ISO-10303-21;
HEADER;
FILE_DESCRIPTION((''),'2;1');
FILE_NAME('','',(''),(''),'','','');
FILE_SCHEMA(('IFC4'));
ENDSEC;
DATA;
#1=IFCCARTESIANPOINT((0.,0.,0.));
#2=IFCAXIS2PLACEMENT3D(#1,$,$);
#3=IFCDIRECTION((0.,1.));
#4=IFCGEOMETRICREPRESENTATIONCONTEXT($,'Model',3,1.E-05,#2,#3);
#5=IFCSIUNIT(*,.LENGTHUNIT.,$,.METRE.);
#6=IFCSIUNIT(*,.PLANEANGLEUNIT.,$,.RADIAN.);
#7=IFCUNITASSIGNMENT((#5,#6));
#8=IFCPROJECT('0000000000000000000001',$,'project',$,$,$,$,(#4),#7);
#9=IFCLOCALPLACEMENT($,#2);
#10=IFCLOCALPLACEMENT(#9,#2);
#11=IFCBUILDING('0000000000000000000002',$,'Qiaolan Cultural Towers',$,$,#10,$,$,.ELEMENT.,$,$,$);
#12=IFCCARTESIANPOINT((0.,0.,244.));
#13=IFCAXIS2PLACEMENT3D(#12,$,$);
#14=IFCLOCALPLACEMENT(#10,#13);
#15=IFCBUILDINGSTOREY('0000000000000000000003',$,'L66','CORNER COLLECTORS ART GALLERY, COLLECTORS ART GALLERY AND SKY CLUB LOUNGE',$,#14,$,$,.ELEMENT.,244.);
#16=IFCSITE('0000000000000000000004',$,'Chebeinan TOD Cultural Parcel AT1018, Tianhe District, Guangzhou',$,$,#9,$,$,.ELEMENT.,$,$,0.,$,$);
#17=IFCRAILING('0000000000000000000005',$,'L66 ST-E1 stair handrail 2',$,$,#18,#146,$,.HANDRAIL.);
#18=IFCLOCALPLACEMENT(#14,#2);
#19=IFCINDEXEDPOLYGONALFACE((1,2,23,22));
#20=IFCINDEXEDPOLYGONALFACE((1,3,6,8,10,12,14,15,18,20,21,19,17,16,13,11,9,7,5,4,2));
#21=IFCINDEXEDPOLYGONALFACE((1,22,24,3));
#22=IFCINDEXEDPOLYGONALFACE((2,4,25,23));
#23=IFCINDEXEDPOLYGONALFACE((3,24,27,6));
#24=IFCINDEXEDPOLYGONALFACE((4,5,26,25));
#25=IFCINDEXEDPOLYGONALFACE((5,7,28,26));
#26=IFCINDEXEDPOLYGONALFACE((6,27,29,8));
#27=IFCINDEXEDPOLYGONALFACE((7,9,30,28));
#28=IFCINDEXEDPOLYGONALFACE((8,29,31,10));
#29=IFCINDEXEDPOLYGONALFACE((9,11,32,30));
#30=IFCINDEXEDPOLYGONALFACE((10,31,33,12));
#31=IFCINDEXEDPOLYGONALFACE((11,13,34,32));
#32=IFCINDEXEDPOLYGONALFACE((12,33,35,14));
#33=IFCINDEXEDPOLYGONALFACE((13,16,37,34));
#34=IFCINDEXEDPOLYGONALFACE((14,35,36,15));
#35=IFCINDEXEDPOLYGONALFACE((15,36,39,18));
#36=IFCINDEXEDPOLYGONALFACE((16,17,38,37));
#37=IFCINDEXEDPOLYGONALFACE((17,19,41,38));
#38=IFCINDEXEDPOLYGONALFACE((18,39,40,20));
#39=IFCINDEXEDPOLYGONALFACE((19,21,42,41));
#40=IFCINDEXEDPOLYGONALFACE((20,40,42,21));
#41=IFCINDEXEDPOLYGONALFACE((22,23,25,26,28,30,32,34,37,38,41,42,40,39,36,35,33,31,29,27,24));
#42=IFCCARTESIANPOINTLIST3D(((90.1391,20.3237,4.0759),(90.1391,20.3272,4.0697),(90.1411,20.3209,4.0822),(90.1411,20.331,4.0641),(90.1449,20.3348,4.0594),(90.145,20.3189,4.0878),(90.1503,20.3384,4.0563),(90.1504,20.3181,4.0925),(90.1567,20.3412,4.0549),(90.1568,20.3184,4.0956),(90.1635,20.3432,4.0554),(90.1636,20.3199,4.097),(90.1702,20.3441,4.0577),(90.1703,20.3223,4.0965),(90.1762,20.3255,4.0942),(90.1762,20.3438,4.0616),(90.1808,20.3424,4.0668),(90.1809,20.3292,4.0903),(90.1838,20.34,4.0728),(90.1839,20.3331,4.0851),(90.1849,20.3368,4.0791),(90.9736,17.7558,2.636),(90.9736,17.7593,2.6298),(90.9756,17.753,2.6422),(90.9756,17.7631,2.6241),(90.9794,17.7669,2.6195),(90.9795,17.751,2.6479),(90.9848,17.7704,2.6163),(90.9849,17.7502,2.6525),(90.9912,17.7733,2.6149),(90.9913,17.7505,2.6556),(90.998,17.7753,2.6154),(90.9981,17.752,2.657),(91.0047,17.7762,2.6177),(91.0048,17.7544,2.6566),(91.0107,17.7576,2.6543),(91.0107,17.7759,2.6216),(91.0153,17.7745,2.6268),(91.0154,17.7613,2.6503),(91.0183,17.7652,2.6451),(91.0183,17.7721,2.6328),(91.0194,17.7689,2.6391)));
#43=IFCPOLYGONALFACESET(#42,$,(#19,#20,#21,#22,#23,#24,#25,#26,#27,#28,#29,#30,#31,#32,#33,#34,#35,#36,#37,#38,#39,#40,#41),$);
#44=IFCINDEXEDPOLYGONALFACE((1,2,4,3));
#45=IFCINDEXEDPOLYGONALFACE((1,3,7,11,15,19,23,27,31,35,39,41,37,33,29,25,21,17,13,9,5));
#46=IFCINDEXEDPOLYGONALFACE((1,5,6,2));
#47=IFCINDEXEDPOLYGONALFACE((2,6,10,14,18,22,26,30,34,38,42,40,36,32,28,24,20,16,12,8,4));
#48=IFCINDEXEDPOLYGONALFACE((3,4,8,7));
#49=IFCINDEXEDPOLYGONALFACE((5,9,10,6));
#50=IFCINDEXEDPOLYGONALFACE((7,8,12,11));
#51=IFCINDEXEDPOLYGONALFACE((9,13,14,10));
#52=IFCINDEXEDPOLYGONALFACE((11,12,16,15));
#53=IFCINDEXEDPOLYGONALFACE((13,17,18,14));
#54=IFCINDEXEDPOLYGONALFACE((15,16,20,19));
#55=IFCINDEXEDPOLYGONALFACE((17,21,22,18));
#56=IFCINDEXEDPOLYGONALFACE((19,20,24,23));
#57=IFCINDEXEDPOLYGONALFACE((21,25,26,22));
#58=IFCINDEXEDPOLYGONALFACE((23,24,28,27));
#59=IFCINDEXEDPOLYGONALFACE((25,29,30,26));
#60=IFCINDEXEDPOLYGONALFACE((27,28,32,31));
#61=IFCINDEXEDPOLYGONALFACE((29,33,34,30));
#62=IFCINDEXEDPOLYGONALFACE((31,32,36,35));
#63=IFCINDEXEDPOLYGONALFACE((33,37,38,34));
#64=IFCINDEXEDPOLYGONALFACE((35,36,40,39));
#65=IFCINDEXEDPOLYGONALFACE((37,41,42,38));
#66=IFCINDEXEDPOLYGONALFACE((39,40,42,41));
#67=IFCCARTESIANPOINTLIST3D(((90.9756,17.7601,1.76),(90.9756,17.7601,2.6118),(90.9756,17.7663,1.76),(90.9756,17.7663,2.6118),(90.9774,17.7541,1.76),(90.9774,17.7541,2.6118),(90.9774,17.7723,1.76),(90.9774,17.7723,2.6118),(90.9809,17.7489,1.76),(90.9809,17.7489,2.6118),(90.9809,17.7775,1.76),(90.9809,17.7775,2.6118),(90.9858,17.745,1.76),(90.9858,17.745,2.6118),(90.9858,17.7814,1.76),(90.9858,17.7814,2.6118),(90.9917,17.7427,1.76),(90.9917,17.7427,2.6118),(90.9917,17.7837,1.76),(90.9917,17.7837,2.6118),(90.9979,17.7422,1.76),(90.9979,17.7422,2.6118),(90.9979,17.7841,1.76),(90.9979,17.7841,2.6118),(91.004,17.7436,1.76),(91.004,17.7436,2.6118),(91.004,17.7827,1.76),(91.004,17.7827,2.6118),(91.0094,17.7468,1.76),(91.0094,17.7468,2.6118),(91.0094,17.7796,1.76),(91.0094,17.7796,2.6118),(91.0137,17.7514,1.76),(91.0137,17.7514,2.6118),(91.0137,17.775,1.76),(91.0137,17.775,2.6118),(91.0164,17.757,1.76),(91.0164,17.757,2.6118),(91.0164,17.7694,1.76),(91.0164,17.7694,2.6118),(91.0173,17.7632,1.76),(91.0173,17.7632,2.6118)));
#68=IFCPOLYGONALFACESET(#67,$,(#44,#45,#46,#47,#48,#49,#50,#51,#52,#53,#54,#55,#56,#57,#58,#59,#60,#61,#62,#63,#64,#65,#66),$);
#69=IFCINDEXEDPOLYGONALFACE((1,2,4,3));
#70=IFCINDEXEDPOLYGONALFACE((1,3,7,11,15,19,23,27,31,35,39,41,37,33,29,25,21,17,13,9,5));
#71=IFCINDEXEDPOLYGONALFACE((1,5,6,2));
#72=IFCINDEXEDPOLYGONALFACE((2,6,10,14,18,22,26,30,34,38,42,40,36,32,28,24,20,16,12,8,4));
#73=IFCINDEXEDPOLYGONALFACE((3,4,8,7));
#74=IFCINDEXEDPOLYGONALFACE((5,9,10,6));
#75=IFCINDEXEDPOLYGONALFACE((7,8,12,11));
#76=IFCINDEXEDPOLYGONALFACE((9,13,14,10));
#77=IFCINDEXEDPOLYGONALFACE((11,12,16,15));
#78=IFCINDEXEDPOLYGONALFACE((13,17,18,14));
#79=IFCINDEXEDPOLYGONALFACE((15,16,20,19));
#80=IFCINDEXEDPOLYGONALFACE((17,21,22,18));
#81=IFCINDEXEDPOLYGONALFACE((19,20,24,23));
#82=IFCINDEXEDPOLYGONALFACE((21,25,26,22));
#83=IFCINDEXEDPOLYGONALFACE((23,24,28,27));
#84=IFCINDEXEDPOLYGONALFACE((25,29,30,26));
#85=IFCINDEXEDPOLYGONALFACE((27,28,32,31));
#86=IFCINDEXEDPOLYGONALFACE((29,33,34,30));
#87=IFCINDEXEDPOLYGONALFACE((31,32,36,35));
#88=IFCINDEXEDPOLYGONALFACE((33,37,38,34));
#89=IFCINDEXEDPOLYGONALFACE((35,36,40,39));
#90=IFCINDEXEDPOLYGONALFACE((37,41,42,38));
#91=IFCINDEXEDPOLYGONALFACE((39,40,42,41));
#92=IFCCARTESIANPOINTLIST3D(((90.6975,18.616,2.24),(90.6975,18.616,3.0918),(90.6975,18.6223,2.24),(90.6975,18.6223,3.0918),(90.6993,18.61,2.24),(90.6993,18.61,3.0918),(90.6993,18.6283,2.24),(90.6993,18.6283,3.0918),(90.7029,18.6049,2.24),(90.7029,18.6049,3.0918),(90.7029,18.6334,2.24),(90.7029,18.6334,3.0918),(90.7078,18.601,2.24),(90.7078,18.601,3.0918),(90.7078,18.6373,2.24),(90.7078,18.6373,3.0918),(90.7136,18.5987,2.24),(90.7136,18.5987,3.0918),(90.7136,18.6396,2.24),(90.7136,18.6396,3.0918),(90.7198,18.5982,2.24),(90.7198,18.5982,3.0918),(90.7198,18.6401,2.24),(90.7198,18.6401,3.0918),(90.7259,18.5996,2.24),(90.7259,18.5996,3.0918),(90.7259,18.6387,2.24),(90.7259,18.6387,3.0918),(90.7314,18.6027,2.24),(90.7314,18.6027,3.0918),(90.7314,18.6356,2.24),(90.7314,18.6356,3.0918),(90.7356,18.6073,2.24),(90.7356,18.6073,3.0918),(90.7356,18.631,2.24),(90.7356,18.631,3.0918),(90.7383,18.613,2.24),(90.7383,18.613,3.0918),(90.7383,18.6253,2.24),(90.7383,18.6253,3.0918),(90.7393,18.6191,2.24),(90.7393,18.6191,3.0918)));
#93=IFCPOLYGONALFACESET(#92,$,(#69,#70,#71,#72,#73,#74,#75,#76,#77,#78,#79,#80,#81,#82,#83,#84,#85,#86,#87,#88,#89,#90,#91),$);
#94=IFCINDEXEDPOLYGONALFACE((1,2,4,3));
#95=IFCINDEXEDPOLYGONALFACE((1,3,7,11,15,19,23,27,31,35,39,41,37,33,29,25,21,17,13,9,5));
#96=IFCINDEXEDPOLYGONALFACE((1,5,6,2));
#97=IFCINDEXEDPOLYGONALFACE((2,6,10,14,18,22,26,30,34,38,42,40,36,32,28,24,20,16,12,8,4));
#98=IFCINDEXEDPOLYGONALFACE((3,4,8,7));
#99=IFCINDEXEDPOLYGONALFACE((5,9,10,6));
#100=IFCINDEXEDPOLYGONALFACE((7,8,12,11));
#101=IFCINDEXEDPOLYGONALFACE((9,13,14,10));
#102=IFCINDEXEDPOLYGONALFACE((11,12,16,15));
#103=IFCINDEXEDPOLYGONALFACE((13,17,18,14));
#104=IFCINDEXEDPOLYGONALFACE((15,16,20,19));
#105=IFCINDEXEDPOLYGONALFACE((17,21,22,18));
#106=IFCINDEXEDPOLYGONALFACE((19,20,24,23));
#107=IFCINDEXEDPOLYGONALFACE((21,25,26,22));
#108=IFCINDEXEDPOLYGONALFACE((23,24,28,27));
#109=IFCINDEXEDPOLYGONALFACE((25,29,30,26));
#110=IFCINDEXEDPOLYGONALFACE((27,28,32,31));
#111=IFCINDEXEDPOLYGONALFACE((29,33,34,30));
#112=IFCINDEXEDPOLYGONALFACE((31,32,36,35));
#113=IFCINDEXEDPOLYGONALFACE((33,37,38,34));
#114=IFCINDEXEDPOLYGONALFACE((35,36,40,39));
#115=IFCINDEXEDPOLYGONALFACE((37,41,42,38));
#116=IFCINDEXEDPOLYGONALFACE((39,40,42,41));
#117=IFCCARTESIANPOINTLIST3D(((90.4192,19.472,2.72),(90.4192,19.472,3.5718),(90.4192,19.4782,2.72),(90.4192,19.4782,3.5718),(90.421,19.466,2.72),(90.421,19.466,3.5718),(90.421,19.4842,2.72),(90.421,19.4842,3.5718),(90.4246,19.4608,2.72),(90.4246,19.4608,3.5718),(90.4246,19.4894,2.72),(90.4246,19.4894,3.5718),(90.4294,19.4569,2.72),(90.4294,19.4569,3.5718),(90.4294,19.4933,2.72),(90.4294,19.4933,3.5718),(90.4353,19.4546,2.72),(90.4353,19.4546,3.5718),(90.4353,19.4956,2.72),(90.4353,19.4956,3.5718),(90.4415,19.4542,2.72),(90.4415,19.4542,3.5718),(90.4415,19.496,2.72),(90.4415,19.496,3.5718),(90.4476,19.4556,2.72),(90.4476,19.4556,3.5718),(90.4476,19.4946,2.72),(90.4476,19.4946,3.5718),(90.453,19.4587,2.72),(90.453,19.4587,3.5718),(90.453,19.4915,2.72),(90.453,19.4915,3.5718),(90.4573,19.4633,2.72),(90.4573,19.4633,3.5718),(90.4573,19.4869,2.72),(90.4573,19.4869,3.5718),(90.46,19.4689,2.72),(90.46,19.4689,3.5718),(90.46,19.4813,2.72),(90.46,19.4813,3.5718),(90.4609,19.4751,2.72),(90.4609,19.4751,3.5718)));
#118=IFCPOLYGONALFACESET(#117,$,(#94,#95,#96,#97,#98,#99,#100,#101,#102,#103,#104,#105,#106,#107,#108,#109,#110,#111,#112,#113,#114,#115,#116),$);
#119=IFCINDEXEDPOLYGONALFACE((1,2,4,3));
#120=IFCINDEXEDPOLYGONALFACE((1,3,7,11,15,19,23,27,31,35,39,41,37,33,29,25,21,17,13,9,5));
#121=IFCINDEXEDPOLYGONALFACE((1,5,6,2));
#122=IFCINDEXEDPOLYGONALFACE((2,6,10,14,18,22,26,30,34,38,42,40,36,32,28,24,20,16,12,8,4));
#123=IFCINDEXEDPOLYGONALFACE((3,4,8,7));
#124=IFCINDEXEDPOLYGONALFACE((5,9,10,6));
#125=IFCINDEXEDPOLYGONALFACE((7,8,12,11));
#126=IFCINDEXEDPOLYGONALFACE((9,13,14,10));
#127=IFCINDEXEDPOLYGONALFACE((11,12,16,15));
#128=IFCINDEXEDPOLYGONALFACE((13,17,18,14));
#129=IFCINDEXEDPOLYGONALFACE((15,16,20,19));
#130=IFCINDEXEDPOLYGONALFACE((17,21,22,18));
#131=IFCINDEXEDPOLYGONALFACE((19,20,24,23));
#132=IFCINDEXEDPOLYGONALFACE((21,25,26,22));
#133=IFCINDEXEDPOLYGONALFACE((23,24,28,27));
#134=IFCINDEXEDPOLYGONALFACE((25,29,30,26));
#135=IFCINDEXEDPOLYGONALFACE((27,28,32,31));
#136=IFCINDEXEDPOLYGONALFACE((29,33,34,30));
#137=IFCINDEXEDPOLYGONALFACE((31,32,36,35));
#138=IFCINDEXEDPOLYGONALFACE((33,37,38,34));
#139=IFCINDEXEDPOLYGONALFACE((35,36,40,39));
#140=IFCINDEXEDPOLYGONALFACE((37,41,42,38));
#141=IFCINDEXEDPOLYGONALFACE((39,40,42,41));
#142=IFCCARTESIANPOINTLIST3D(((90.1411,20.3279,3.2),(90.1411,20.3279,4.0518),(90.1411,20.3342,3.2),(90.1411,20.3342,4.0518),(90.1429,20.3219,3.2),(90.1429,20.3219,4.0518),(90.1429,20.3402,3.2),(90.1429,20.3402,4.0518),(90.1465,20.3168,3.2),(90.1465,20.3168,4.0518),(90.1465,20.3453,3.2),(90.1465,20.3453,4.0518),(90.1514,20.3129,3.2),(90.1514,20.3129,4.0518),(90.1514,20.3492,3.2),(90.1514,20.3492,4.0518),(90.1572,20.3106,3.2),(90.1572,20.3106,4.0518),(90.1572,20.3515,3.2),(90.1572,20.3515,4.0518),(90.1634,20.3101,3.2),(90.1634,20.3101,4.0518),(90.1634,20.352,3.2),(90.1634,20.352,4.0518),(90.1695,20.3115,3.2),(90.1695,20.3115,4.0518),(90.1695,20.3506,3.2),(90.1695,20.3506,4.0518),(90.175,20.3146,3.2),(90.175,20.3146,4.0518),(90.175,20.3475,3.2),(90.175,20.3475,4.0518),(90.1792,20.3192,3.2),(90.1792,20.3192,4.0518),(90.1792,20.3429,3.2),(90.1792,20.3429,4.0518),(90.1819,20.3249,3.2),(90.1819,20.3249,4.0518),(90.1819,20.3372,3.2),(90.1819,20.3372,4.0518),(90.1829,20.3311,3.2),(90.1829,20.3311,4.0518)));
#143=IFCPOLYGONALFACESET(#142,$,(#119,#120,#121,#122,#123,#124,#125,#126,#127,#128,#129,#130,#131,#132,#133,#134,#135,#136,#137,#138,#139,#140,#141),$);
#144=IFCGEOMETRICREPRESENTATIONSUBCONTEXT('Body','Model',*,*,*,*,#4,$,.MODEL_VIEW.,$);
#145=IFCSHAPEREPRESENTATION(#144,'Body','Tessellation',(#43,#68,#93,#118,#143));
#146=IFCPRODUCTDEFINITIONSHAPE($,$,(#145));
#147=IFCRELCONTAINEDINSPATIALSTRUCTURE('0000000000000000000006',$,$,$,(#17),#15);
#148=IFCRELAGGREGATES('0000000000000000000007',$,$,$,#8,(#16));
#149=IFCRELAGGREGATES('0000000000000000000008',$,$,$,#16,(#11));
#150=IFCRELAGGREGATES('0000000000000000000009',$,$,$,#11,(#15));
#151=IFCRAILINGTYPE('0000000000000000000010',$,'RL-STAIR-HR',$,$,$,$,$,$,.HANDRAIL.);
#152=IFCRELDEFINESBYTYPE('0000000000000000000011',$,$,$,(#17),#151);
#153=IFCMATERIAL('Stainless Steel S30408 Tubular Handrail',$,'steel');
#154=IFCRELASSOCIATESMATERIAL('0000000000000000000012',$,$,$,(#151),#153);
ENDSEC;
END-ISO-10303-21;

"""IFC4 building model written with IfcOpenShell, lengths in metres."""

from ifc_helpers import new_model, si_unit, direction, frame, origin, origin_2d, place, context, subcontext, project, spatial, circle, extrude, material, type_object, element, save


model = new_model("IFC4")

# Units and contexts
model_context = context("Model", 3, precision=1e-05, world=origin(), true_north=direction((0.0, 1.0)))
body_context = subcontext(model_context, "Body", "Model", "MODEL_VIEW")
ifc_project = project(units=[si_unit("LENGTHUNIT", "METRE"), si_unit("PLANEANGLEUNIT", "RADIAN")], contexts=[model_context])

# Site, building, storey
site_placement = place(None, origin())
site = spatial("IfcSite", under=ifc_project, at=site_placement, Name="Chebeinan TOD Cultural Parcel AT1018, Tianhe District, Guangzhou", CompositionType="ELEMENT", RefElevation=0.0)
building_placement = place(site_placement, origin())
building = spatial("IfcBuilding", under=site, at=building_placement, Name="Qiaolan Cultural Towers", CompositionType="ELEMENT")
storey_placement = place(building_placement, frame((0.0, 0.0, 244.0)))
storey = spatial("IfcBuildingStorey", under=building, at=storey_placement, Name="L66", Description="CORNER COLLECTORS ART GALLERY, COLLECTORS ART GALLERY AND SKY CLUB LOUNGE", CompositionType="ELEMENT", Elevation=244.0)

# Railing
ifc_material_1 = material(Name="Stainless Steel S30408 Tubular Handrail", Category="steel")
railing_type_1 = type_object("IfcRailingType", Name="RL-STAIR-HR", PredefinedType="HANDRAIL", material=ifc_material_1)
railing_1_placement = place(storey_placement, frame((90.9963, 17.7632, 1.76)))
element("IfcRailing", 1, at=railing_1_placement, inside=storey, type_object=railing_type_1, Name="L66 ST-E1 stair handrail 2", PredefinedType="HANDRAIL", context=body_context, shape_type="SweptSolid", body=[
    extrude(circle(Radius=0.0239, at=origin_2d()), frame((0.0, 0.0, 0.876), z_axis=(-0.272701, 0.839167, 0.470566), x_axis=(-0.951043, -0.309057, 0.0)), (0.0, 0.0, 1.0), 3.0601),
    extrude(circle(Radius=0.021, at=origin_2d()), origin(), (0.0, 0.0, 1.0), 0.8518),
    extrude(circle(Radius=0.021, at=origin_2d()), frame((-0.2781, 0.856, 0.48)), (0.0, 0.0, 1.0), 0.8518),
    extrude(circle(Radius=0.021, at=origin_2d()), frame((-0.5564, 1.7119, 0.96)), (0.0, 0.0, 1.0), 0.8518),
    extrude(circle(Radius=0.021, at=origin_2d()), frame((-0.8345, 2.5679, 1.4399)), (0.0, 0.0, 1.0), 0.8518),
])

save(model, "model.ifc")
